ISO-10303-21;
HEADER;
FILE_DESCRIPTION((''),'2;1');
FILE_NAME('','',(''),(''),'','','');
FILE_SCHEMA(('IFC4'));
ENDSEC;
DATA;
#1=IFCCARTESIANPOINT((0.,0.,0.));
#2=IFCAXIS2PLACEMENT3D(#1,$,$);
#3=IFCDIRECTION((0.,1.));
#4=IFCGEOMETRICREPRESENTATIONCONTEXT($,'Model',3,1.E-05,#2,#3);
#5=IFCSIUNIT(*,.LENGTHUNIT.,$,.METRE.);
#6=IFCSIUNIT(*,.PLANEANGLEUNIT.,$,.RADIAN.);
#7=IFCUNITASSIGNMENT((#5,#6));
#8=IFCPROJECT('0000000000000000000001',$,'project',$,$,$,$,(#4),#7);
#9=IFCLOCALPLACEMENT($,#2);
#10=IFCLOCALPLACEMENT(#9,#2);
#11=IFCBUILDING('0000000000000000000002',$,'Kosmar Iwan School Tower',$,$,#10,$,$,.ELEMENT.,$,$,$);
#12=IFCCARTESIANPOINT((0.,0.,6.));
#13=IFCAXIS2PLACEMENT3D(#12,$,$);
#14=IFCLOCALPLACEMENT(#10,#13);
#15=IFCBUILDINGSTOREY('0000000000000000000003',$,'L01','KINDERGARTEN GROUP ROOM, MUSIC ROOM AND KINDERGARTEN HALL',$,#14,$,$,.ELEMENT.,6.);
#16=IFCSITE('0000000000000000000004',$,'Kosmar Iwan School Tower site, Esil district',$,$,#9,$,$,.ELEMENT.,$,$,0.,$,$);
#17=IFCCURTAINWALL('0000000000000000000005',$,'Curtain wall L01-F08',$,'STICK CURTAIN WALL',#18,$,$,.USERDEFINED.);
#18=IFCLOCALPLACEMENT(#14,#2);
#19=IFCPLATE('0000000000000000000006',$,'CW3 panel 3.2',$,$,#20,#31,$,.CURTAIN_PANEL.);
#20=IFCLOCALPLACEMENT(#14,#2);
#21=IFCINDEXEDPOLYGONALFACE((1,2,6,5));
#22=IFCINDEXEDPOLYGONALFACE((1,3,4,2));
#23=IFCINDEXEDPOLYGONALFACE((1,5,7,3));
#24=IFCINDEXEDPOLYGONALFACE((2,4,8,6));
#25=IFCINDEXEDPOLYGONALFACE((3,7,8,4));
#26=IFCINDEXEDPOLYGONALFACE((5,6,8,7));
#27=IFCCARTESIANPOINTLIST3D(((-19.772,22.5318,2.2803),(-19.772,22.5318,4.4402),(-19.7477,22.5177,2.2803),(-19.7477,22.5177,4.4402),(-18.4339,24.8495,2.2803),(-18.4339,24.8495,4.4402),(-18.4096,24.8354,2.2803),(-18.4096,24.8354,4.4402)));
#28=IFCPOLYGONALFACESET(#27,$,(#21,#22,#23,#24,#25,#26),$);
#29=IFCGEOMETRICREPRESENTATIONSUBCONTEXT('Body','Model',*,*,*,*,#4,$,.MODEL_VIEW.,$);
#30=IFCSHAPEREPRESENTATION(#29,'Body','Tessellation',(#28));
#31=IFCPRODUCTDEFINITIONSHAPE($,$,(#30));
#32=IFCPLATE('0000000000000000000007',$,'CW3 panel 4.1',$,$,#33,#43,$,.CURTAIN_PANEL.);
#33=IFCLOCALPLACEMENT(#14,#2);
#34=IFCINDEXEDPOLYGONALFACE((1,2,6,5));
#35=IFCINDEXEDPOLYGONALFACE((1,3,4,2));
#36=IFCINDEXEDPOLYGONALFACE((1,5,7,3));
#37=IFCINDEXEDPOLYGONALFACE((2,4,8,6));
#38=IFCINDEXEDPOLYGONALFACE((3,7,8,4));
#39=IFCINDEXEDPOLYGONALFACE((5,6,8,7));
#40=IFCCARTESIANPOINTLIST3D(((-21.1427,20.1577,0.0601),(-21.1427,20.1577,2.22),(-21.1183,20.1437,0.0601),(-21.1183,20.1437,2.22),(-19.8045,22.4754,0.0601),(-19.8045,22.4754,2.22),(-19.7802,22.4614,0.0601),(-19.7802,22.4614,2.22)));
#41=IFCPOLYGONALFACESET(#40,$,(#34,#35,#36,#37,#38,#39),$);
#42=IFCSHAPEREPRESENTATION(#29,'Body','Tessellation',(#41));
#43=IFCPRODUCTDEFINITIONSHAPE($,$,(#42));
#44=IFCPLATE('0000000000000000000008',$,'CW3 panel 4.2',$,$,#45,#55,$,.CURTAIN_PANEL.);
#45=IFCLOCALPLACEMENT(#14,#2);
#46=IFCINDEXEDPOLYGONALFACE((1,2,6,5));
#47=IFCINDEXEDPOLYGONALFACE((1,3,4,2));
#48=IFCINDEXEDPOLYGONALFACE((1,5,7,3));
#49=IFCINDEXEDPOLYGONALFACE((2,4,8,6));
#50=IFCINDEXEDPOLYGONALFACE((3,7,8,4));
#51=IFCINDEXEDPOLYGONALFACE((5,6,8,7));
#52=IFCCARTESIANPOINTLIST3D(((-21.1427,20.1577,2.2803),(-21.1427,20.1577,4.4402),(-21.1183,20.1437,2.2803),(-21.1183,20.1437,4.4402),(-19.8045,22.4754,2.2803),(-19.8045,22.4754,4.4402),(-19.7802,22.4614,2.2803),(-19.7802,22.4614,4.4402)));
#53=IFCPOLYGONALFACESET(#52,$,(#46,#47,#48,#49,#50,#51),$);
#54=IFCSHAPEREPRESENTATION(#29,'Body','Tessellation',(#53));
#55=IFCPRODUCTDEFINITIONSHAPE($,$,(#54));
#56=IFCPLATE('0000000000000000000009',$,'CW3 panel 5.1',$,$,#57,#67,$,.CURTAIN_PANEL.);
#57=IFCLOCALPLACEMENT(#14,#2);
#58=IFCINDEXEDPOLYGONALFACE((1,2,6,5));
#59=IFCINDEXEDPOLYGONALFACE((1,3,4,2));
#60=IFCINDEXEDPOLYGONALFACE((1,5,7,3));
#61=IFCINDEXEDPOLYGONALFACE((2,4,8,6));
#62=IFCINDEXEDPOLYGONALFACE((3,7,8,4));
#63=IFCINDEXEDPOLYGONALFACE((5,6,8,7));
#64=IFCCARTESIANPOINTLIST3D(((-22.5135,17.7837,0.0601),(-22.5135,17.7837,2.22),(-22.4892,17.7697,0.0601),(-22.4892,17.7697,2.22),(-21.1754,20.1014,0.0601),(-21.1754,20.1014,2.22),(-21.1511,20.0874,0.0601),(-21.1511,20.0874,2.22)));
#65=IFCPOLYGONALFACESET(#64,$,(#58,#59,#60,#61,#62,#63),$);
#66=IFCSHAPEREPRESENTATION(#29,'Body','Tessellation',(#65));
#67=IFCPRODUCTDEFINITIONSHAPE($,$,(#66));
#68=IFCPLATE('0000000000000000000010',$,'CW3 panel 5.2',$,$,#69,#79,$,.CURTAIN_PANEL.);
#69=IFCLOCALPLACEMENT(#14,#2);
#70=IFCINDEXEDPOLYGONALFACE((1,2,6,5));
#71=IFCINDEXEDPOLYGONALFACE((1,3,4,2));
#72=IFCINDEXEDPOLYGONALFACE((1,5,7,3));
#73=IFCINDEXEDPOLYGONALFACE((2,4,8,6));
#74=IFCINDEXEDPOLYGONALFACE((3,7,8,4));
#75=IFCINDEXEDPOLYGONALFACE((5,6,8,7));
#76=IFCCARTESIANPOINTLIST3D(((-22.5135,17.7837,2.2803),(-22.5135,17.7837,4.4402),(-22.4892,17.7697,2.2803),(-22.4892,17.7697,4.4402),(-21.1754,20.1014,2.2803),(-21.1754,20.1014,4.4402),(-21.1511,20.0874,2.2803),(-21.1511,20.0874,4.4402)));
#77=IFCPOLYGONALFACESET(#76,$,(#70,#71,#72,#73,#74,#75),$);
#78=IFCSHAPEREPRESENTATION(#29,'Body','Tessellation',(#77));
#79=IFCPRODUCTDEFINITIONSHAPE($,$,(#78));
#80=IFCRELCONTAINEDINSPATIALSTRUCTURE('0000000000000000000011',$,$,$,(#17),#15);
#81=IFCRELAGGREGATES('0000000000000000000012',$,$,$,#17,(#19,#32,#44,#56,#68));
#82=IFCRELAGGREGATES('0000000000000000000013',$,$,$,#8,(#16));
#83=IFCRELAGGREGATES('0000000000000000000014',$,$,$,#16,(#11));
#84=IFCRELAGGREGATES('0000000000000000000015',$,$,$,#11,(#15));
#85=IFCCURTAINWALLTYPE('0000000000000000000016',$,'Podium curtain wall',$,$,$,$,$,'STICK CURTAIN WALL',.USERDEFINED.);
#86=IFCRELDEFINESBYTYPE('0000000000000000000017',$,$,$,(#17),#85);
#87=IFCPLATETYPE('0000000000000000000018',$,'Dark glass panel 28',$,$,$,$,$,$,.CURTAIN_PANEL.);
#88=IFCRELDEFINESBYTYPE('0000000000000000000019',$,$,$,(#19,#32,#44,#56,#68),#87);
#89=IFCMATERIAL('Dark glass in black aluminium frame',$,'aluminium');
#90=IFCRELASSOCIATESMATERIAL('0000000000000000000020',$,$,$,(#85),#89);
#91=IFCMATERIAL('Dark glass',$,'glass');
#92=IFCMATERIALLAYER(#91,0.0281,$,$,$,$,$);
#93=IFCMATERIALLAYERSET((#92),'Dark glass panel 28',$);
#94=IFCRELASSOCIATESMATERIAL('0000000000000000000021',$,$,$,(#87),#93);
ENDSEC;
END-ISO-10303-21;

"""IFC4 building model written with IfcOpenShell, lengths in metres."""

from ifc_helpers import new_model, si_unit, direction, frame, origin, origin_2d, place, context, subcontext, project, spatial, rectangle, extrude, material, layer, layer_set, type_object, element, aggregate, save


model = new_model("IFC4")

# Units and contexts
model_context = context("Model", 3, precision=1e-05, world=origin(), true_north=direction((0.0, 1.0)))
body_context = subcontext(model_context, "Body", "Model", "MODEL_VIEW")
ifc_project = project(units=[si_unit("LENGTHUNIT", "METRE"), si_unit("PLANEANGLEUNIT", "RADIAN")], contexts=[model_context])

# Site, building, storey
site_placement = place(None, origin())
site = spatial("IfcSite", under=ifc_project, at=site_placement, Name="Kosmar Iwan School Tower site, Esil district", CompositionType="ELEMENT", RefElevation=0.0)
building_placement = place(site_placement, origin())
building = spatial("IfcBuilding", under=site, at=building_placement, Name="Kosmar Iwan School Tower", CompositionType="ELEMENT")
storey_placement = place(building_placement, frame((0.0, 0.0, 6.0)))
storey = spatial("IfcBuildingStorey", under=building, at=storey_placement, Name="L01", Description="KINDERGARTEN GROUP ROOM, MUSIC ROOM AND KINDERGARTEN HALL", CompositionType="ELEMENT", Elevation=6.0)

# Curtain wall, plates
ifc_material_1 = material(Name="Dark glass in black aluminium frame", Category="aluminium")
curtain_wall_type = type_object("IfcCurtainWallType", Name="Podium curtain wall", ElementType="STICK CURTAIN WALL", PredefinedType="USERDEFINED", material=ifc_material_1)
curtain_wall_placement = place(storey_placement, origin())
curtain_wall = element("IfcCurtainWall", 1, at=curtain_wall_placement, inside=storey, type_object=curtain_wall_type, Name="Curtain wall L01-F08", ObjectType="STICK CURTAIN WALL", PredefinedType="USERDEFINED")
ifc_material_2 = material(Name="Dark glass", Category="glass")
ifc_layer = layer(ifc_material_2, 0.0281)
ifc_layer_set = layer_set([ifc_layer], Name="Dark glass panel 28")
plate_type = type_object("IfcPlateType", Name="Dark glass panel 28", PredefinedType="CURTAIN_PANEL", material=ifc_layer_set)
plate_1_placement = place(storey_placement, frame((-19.0908, 23.6836, 2.2803), z_axis=(0.0, 0.0, 1.0), x_axis=(-0.5, -0.866025, 0.0)))
plate_1 = element("IfcPlate", 2, at=plate_1_placement, type_object=plate_type, Name="CW3 panel 3.2", PredefinedType="CURTAIN_PANEL", context=body_context, shape_type="SweptSolid", body=[
    extrude(rectangle(XDim=2.6763, YDim=0.0281, at=origin_2d()), origin(), (0.0, 0.0, 1.0), 2.1599),
])
plate_2_placement = place(storey_placement, frame((-20.4614, 21.3096, 0.0601), z_axis=(0.0, 0.0, 1.0), x_axis=(-0.5, -0.866025, 0.0)))
plate_2 = element("IfcPlate", 3, at=plate_2_placement, type_object=plate_type, Name="CW3 panel 4.1", PredefinedType="CURTAIN_PANEL", context=body_context, shape_type="SweptSolid", body=[
    extrude(rectangle(XDim=2.6763, YDim=0.0281, at=origin_2d()), origin(), (0.0, 0.0, 1.0), 2.1599),
])
plate_3_placement = place(storey_placement, frame((-20.4614, 21.3096, 2.2803), z_axis=(0.0, 0.0, 1.0), x_axis=(-0.5, -0.866025, 0.0)))
plate_3 = element("IfcPlate", 4, at=plate_3_placement, type_object=plate_type, Name="CW3 panel 4.2", PredefinedType="CURTAIN_PANEL", context=body_context, shape_type="SweptSolid", body=[
    extrude(rectangle(XDim=2.6763, YDim=0.0281, at=origin_2d()), origin(), (0.0, 0.0, 1.0), 2.1599),
])
plate_4_placement = place(storey_placement, frame((-21.8323, 18.9355, 0.0601), z_axis=(0.0, 0.0, 1.0), x_axis=(-0.5, -0.866025, 0.0)))
plate_4 = element("IfcPlate", 5, at=plate_4_placement, type_object=plate_type, Name="CW3 panel 5.1", PredefinedType="CURTAIN_PANEL", context=body_context, shape_type="SweptSolid", body=[
    extrude(rectangle(XDim=2.6763, YDim=0.0281, at=origin_2d()), origin(), (0.0, 0.0, 1.0), 2.1599),
])
plate_5_placement = place(storey_placement, frame((-21.8323, 18.9355, 2.2803), z_axis=(0.0, 0.0, 1.0), x_axis=(-0.5, -0.866025, 0.0)))
plate_5 = element("IfcPlate", 6, at=plate_5_placement, type_object=plate_type, Name="CW3 panel 5.2", PredefinedType="CURTAIN_PANEL", context=body_context, shape_type="SweptSolid", body=[
    extrude(rectangle(XDim=2.6763, YDim=0.0281, at=origin_2d()), origin(), (0.0, 0.0, 1.0), 2.1599),
])
aggregate(curtain_wall, [plate_1, plate_2, plate_3, plate_4, plate_5])

save(model, "model.ifc")
